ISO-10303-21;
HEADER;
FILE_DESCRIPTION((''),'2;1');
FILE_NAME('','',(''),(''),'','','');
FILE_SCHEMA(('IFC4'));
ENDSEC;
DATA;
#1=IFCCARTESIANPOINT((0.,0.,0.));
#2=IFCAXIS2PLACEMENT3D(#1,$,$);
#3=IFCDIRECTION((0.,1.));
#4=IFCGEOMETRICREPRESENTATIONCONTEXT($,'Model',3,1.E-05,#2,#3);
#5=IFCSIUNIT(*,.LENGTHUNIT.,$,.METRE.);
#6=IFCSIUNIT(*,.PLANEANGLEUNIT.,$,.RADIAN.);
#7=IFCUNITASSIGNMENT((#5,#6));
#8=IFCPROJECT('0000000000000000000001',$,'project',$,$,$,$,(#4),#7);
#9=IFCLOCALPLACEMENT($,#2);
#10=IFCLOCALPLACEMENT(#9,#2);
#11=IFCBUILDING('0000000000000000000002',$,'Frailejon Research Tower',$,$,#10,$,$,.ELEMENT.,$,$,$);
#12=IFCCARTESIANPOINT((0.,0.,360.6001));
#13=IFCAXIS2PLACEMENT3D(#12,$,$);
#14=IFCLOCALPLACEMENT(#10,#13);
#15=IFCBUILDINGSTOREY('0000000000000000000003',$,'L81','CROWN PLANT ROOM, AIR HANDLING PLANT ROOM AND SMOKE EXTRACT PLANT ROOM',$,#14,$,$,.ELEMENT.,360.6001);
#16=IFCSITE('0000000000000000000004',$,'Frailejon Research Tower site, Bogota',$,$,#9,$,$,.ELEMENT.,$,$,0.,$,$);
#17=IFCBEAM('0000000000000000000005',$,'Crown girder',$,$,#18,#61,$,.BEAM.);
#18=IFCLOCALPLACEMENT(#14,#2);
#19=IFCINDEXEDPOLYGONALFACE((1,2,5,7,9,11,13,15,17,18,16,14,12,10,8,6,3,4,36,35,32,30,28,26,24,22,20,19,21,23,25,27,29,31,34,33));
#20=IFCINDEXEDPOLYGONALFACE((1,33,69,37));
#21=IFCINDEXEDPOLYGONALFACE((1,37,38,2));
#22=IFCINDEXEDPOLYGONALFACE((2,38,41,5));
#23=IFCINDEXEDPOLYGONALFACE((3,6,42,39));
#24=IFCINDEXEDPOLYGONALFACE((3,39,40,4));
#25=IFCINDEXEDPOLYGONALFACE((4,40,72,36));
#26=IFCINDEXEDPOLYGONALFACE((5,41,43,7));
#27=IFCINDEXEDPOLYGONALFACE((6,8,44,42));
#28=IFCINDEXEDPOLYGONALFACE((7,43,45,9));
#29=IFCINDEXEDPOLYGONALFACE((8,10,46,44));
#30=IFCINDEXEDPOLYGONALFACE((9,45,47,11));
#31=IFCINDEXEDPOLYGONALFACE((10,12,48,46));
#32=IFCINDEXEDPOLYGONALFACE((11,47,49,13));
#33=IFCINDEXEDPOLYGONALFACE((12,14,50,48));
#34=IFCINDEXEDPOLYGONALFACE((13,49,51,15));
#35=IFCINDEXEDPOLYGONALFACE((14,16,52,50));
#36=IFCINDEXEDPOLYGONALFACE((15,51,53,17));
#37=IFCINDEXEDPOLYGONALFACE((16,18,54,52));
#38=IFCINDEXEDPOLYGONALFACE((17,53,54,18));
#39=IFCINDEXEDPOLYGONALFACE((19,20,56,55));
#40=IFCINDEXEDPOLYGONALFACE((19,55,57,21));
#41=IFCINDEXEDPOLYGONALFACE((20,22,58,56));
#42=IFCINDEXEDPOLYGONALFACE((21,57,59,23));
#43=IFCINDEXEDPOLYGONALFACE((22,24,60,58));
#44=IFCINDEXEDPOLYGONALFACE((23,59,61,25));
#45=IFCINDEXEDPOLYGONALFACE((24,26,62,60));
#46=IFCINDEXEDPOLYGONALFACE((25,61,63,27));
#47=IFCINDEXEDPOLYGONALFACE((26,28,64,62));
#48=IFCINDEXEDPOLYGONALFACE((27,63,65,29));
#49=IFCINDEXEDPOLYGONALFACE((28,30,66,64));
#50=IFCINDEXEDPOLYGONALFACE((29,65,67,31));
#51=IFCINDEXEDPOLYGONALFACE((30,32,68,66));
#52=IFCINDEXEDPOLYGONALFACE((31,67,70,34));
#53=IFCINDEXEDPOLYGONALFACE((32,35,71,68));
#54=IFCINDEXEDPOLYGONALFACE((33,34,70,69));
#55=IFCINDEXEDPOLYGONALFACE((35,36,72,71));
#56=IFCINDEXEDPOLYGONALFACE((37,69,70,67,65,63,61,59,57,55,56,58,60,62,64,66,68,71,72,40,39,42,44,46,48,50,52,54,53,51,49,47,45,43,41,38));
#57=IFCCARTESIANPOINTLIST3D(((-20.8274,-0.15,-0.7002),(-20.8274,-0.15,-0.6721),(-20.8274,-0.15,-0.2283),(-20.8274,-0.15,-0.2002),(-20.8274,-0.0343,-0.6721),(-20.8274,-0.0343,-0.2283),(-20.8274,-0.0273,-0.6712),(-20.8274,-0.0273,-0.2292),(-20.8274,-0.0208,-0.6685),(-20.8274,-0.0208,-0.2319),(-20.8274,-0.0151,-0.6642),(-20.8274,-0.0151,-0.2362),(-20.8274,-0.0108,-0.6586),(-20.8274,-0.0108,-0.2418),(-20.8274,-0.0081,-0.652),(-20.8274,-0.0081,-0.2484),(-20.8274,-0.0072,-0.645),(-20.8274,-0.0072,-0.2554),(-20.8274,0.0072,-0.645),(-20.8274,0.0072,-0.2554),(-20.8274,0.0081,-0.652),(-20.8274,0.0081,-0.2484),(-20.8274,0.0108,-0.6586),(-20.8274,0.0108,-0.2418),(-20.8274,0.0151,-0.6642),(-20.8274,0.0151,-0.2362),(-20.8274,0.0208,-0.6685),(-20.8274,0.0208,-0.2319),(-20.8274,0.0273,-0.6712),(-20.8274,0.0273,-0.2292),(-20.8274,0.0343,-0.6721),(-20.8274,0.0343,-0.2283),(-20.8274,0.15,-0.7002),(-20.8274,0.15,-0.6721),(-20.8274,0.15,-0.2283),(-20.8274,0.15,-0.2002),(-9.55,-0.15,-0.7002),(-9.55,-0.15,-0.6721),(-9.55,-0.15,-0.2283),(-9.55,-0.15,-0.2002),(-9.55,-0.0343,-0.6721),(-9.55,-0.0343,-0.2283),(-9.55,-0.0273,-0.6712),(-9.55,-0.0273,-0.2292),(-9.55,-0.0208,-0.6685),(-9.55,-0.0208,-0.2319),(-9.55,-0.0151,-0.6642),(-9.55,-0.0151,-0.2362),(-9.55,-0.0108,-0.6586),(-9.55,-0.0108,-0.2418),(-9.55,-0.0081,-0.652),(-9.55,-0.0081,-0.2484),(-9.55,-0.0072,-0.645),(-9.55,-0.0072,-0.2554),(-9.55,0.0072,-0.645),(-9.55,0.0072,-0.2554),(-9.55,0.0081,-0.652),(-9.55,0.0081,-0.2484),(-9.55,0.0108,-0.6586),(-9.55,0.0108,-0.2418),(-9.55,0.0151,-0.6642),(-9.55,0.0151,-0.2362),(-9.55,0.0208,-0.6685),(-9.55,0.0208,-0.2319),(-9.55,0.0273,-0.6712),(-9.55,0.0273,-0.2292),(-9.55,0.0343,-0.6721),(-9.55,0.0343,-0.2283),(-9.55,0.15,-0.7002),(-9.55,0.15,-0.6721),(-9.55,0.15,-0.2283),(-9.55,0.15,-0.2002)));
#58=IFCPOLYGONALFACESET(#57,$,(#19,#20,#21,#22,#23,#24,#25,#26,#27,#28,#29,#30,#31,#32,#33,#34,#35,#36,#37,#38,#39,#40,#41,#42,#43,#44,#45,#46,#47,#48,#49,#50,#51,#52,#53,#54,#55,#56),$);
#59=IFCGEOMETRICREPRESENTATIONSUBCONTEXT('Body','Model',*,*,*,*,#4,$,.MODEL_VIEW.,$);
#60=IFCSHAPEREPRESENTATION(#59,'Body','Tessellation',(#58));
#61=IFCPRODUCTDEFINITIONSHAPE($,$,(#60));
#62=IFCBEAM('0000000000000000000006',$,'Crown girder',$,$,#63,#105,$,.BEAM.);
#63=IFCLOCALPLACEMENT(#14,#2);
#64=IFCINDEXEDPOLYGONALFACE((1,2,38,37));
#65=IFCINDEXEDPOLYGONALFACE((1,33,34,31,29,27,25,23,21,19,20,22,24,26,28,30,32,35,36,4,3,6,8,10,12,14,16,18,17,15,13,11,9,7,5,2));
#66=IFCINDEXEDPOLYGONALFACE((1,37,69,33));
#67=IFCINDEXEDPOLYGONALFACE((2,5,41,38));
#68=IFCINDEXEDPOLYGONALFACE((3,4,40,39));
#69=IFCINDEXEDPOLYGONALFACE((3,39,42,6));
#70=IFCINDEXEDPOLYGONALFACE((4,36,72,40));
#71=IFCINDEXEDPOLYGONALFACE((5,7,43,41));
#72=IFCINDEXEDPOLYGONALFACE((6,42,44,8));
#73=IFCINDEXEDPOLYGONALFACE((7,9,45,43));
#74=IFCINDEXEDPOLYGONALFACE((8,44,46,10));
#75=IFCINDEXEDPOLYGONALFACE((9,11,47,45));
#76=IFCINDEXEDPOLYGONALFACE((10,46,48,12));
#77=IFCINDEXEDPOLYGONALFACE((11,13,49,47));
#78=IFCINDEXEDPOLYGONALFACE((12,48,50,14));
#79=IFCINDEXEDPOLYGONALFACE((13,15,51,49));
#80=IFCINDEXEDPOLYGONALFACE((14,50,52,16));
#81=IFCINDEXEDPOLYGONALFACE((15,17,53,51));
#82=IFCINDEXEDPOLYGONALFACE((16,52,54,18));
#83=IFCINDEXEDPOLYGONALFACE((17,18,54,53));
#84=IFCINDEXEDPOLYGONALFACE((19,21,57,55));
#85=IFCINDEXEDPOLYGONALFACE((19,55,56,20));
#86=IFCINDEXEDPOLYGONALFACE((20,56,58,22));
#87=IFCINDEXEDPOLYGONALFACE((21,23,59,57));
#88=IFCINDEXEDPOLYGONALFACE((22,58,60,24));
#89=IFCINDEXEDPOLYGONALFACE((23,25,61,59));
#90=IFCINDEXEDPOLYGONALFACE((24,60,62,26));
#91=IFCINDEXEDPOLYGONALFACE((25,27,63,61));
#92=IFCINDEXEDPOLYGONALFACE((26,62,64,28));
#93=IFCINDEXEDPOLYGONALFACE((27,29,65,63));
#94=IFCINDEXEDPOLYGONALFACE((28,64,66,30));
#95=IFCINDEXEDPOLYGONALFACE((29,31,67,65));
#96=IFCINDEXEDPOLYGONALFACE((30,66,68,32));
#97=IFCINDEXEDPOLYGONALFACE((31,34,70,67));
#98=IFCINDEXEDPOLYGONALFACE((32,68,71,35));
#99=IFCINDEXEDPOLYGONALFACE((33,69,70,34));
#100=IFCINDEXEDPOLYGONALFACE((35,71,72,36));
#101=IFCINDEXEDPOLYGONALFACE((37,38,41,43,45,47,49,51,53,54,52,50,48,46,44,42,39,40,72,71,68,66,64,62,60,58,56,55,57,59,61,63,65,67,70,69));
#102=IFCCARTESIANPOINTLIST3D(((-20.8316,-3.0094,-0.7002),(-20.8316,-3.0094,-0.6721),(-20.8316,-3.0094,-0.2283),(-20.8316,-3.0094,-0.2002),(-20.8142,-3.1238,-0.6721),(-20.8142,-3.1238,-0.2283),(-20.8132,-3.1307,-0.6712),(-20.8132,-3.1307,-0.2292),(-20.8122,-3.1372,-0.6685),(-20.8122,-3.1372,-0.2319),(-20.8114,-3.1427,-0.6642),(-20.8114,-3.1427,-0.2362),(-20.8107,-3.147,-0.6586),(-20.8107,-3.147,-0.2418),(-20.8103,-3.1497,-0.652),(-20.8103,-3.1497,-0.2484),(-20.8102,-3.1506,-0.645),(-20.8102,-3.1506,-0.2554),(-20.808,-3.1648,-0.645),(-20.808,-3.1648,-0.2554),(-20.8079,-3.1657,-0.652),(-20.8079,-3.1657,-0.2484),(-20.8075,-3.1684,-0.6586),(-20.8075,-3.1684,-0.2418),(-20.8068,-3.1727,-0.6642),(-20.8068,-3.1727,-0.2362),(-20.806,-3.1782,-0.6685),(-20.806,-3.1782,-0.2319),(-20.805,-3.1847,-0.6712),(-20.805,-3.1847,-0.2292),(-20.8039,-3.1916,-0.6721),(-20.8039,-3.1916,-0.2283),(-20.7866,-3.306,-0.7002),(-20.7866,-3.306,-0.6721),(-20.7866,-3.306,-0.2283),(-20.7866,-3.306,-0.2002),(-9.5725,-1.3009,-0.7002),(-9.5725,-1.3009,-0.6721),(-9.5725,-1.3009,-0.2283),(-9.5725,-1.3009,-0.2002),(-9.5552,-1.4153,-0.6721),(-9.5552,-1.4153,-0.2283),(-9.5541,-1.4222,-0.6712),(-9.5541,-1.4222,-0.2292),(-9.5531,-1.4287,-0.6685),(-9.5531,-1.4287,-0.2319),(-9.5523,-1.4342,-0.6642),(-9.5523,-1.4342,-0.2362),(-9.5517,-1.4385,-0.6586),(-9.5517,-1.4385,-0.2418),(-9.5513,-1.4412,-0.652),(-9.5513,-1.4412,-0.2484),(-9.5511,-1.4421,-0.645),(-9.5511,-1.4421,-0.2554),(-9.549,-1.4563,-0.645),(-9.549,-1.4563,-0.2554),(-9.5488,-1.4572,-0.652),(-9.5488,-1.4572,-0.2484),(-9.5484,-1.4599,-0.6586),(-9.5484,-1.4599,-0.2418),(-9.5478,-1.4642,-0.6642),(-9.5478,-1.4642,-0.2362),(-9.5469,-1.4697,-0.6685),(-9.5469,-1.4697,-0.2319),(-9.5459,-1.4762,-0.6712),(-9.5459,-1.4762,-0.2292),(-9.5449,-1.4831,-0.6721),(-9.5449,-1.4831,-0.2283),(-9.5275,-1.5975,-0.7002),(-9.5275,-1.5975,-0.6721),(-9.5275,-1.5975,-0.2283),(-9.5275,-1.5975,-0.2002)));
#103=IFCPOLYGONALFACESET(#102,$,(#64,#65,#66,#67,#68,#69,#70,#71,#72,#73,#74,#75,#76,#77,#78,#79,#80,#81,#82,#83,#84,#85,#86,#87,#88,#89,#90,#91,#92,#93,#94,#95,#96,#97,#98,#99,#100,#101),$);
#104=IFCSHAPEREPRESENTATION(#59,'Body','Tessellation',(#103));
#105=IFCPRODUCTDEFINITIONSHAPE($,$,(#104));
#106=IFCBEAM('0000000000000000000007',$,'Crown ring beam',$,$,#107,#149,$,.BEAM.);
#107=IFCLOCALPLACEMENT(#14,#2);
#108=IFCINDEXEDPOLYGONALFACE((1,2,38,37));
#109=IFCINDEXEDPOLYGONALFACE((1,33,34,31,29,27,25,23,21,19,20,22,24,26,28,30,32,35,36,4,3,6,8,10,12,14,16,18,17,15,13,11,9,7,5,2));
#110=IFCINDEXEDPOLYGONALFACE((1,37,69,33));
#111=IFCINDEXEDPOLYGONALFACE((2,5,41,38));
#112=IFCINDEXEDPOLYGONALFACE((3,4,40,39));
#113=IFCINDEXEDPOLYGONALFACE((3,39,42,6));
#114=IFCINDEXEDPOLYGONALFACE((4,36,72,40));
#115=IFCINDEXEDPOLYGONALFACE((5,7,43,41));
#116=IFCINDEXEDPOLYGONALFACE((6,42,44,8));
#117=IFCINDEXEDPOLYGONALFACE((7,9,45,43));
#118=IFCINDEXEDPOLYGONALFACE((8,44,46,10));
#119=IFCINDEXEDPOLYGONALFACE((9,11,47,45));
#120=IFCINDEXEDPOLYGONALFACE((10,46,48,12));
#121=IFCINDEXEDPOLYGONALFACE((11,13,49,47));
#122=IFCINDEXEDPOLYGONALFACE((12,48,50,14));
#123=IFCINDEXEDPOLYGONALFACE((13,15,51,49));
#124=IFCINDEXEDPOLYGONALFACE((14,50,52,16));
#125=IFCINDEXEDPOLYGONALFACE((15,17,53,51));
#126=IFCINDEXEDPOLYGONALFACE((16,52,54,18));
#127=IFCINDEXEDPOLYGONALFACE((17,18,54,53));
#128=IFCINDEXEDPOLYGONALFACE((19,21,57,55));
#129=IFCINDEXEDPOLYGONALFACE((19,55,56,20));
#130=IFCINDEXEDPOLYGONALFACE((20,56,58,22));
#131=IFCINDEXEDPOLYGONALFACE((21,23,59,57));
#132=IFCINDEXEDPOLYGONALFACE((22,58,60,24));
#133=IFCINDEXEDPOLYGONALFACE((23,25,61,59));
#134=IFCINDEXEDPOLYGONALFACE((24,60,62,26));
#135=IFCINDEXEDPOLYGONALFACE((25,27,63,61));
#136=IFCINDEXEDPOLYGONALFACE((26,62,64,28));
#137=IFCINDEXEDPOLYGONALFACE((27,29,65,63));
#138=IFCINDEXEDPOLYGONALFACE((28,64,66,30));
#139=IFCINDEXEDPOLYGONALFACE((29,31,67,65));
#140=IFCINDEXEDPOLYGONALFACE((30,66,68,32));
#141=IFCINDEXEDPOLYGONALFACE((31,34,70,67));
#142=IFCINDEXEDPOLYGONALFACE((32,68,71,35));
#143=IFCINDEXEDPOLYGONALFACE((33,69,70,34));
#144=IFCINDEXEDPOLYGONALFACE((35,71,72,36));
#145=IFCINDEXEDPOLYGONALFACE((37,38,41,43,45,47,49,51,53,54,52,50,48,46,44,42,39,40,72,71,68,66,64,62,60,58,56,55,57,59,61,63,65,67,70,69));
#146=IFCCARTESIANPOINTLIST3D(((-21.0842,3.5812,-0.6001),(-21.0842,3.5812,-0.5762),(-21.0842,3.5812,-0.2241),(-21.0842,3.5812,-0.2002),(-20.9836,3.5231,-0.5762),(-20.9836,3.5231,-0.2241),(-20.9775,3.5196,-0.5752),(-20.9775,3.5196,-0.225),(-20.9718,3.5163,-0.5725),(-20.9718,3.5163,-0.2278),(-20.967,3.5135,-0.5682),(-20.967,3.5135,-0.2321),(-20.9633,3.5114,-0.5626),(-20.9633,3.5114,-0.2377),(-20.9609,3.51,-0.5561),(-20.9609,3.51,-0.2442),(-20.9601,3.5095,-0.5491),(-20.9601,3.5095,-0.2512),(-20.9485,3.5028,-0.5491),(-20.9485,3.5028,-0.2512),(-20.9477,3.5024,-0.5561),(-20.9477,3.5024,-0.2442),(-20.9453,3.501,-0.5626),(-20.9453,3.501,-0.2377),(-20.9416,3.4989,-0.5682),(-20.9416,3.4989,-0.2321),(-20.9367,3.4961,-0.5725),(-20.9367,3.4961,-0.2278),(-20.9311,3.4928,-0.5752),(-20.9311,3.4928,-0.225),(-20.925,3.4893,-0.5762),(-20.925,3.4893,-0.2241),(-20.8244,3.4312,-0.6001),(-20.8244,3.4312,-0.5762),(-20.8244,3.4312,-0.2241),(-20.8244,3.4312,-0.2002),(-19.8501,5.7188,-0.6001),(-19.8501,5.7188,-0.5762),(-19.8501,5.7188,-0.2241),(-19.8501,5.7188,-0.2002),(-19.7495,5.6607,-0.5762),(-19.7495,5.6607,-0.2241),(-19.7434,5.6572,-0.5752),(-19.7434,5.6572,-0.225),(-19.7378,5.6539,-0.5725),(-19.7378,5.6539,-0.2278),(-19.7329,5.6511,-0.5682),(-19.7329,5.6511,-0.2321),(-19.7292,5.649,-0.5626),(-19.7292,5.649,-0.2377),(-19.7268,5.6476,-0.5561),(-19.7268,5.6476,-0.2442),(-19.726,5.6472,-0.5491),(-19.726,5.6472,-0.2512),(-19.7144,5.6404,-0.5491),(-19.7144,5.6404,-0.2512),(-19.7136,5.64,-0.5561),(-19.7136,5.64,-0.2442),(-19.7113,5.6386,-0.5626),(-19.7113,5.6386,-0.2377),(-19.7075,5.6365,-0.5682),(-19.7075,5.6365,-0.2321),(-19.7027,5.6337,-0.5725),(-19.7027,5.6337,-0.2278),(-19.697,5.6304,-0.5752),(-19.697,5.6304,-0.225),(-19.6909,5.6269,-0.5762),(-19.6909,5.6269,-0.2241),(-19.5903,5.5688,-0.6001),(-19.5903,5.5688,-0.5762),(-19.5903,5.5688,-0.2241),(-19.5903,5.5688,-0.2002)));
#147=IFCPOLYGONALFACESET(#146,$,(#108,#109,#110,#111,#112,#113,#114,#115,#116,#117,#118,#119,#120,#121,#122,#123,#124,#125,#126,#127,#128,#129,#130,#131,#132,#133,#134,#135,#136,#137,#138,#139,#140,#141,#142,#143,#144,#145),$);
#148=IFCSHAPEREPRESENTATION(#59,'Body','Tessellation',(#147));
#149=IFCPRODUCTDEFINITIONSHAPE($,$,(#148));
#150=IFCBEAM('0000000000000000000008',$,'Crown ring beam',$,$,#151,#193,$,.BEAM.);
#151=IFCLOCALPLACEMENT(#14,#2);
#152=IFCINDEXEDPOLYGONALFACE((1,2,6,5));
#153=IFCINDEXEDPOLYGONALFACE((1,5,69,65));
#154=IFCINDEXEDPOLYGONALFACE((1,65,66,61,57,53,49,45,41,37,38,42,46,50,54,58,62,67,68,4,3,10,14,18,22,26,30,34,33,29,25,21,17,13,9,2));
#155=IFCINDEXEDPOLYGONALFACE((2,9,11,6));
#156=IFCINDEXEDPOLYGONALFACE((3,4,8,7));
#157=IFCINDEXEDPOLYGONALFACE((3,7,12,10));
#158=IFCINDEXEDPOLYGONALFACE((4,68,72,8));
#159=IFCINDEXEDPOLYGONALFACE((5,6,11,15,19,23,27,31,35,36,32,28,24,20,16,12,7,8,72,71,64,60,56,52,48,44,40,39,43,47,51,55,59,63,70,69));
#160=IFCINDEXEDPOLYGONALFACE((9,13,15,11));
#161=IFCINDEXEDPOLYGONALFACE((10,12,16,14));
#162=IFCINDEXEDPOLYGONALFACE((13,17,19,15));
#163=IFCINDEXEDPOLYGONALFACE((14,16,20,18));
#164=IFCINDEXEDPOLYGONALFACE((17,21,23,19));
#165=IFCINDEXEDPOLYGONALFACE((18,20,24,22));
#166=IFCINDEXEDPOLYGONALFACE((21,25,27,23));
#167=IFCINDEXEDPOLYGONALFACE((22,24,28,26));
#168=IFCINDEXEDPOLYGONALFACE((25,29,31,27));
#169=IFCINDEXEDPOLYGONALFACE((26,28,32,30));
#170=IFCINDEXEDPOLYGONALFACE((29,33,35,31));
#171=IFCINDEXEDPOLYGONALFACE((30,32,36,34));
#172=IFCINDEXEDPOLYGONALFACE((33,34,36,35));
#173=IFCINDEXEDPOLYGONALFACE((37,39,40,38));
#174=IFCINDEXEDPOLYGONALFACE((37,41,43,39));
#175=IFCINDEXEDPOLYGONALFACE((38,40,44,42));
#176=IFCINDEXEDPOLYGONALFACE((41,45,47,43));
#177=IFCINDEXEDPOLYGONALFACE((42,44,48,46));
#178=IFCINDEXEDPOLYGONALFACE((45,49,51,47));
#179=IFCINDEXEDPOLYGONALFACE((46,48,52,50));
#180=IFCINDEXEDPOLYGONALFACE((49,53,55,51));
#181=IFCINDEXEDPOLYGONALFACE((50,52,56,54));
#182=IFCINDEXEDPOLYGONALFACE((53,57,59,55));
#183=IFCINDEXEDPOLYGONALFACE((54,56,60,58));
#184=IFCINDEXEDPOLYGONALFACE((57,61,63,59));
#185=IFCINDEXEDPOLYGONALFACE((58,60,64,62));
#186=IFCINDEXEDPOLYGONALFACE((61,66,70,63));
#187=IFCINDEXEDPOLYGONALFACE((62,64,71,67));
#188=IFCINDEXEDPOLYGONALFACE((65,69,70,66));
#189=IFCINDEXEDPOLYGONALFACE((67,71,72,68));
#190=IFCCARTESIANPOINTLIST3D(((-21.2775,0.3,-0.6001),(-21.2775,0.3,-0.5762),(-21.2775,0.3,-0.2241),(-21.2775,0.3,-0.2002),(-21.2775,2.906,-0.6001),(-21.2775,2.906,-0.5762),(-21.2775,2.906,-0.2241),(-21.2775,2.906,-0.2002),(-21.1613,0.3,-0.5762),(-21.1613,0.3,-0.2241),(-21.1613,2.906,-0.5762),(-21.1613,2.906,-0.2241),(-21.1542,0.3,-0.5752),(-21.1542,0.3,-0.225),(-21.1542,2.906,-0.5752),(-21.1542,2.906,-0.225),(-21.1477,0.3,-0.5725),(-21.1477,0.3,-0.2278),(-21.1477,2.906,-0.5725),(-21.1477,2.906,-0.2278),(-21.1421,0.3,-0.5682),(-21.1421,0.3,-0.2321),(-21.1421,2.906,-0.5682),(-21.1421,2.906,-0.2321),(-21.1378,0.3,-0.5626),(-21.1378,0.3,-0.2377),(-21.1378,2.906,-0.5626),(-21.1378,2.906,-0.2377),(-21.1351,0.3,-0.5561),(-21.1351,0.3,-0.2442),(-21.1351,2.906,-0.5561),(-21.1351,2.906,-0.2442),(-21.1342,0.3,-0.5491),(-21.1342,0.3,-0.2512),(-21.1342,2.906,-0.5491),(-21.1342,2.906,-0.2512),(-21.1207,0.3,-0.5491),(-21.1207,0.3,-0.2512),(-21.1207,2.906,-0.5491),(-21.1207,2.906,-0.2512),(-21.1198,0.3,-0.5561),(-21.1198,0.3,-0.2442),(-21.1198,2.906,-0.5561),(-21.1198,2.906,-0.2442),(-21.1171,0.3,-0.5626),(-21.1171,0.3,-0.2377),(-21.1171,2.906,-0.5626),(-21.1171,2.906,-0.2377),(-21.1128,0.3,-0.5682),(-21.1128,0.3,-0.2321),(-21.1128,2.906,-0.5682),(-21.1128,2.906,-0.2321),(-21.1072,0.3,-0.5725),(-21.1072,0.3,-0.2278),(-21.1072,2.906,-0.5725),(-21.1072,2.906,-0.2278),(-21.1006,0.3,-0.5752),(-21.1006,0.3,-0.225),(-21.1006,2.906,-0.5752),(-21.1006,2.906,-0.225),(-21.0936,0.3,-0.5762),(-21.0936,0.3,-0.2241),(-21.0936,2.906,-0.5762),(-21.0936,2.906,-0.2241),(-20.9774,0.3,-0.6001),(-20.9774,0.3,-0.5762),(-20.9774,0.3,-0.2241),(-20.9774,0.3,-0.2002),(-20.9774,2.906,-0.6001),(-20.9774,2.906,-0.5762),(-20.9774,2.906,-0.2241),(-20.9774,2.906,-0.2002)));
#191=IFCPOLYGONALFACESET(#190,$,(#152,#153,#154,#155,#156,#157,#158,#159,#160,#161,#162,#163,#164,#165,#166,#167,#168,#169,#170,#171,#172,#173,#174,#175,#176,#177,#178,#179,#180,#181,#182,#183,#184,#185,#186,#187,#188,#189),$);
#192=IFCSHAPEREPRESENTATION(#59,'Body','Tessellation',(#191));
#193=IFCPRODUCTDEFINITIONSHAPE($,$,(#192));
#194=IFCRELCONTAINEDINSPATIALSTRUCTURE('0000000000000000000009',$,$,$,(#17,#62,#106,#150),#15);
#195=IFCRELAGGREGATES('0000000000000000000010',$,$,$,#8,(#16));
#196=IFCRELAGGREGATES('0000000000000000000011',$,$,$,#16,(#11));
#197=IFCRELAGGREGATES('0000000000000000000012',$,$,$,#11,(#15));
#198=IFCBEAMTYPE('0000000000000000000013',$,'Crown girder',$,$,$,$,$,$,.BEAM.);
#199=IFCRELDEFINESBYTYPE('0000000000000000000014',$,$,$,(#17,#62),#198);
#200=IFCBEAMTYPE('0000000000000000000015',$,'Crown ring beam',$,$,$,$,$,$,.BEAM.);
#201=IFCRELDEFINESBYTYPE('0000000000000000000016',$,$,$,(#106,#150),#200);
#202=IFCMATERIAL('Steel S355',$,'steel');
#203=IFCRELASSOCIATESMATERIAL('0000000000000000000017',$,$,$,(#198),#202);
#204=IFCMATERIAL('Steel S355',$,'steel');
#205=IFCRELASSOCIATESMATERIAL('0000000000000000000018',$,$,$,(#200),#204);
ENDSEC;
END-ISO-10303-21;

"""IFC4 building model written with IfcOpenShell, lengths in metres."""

from ifc_helpers import new_model, si_unit, direction, frame, origin, origin_2d, place, context, subcontext, project, spatial, i_section, extrude, material, material_profile, profile_set, type_object, element, save


model = new_model("IFC4")

# Units and contexts
model_context = context("Model", 3, precision=1e-05, world=origin(), true_north=direction((0.0, 1.0)))
body_context = subcontext(model_context, "Body", "Model", "MODEL_VIEW")
ifc_project = project(units=[si_unit("LENGTHUNIT", "METRE"), si_unit("PLANEANGLEUNIT", "RADIAN")], contexts=[model_context])

# Site, building, storey
site_placement = place(None, origin())
site = spatial("IfcSite", under=ifc_project, at=site_placement, Name="Frailejon Research Tower site, Bogota", CompositionType="ELEMENT", RefElevation=0.0)
building_placement = place(site_placement, origin())
building = spatial("IfcBuilding", under=site, at=building_placement, Name="Frailejon Research Tower", CompositionType="ELEMENT")
storey_placement = place(building_placement, frame((0.0, 0.0, 360.6001)))
storey = spatial("IfcBuildingStorey", under=building, at=storey_placement, Name="L81", Description="CROWN PLANT ROOM, AIR HANDLING PLANT ROOM AND SMOKE EXTRACT PLANT ROOM", CompositionType="ELEMENT", Elevation=360.6001)

# Beams
ifc_material_1 = material(Name="Steel S355", Category="steel")
ifc_material_profile_1 = material_profile(ifc_material_1, i_section(OverallWidth=0.3, OverallDepth=0.5, WebThickness=0.0144, FlangeThickness=0.0281, FilletRadius=0.0271, at=origin_2d()), Name="HE 500 B")
ifc_profile_set_1 = profile_set([ifc_material_profile_1], Name="Steel S355")
beam_type_1 = type_object("IfcBeamType", Name="Crown girder", PredefinedType="BEAM", material=ifc_profile_set_1)
beam_1_placement = place(storey_placement, frame((-20.8274, 0.0, -0.4502), z_axis=(1.0, 0.0, 0.0), x_axis=(0.0, 1.0, 0.0)))
element("IfcBeam", 1, at=beam_1_placement, inside=storey, type_object=beam_type_1, Name="Crown girder", PredefinedType="BEAM", context=body_context, shape_type="SweptSolid", body=[
    extrude(i_section(OverallWidth=0.3, OverallDepth=0.5, WebThickness=0.0144, FlangeThickness=0.0281, FilletRadius=0.0271, at=origin_2d()), origin(), (0.0, 0.0, 1.0), 11.2773),
])
beam_2_placement = place(storey_placement, frame((-20.8091, -3.1577, -0.4502), z_axis=(0.988682, 0.150027, 0.0), x_axis=(-0.150027, 0.988682, 0.0)))
element("IfcBeam", 2, at=beam_2_placement, inside=storey, type_object=beam_type_1, Name="Crown girder", PredefinedType="BEAM", context=body_context, shape_type="SweptSolid", body=[
    extrude(i_section(OverallWidth=0.3, OverallDepth=0.5, WebThickness=0.0144, FlangeThickness=0.0281, FilletRadius=0.0271, at=origin_2d()), origin(), (0.0, 0.0, 1.0), 11.3879),
])
ifc_material_2 = material(Name="Steel S355", Category="steel")
ifc_material_profile_2 = material_profile(ifc_material_2, i_section(OverallWidth=0.3, OverallDepth=0.3999, WebThickness=0.0134, FlangeThickness=0.0239, FilletRadius=0.0271, at=origin_2d()), Name="HE 400 B")
ifc_profile_set_2 = profile_set([ifc_material_profile_2], Name="Steel S355")
beam_type_2 = type_object("IfcBeamType", Name="Crown ring beam", PredefinedType="BEAM", material=ifc_profile_set_2)
beam_3_placement = place(storey_placement, frame((-19.7202, 5.6438, -0.4001), z_axis=(-0.499979, -0.866037, 0.0), x_axis=(0.866037, -0.499979, 0.0)))
element("IfcBeam", 3, at=beam_3_placement, inside=storey, type_object=beam_type_2, Name="Crown ring beam", PredefinedType="BEAM", context=body_context, shape_type="SweptSolid", body=[
    extrude(i_section(OverallWidth=0.3, OverallDepth=0.3999, WebThickness=0.0134, FlangeThickness=0.0239, FilletRadius=0.0271, at=origin_2d()), origin(), (0.0, 0.0, 1.0), 2.4683),
])
beam_4_placement = place(storey_placement, frame((-21.1274, 2.906, -0.4001), z_axis=(0.0, -1.0, 0.0), x_axis=(1.0, 0.0, 0.0)))
element("IfcBeam", 4, at=beam_4_placement, inside=storey, type_object=beam_type_2, Name="Crown ring beam", PredefinedType="BEAM", context=body_context, shape_type="SweptSolid", body=[
    extrude(i_section(OverallWidth=0.3, OverallDepth=0.3999, WebThickness=0.0134, FlangeThickness=0.0239, FilletRadius=0.0271, at=origin_2d()), origin(), (0.0, 0.0, 1.0), 2.606),
])

save(model, "model.ifc")
